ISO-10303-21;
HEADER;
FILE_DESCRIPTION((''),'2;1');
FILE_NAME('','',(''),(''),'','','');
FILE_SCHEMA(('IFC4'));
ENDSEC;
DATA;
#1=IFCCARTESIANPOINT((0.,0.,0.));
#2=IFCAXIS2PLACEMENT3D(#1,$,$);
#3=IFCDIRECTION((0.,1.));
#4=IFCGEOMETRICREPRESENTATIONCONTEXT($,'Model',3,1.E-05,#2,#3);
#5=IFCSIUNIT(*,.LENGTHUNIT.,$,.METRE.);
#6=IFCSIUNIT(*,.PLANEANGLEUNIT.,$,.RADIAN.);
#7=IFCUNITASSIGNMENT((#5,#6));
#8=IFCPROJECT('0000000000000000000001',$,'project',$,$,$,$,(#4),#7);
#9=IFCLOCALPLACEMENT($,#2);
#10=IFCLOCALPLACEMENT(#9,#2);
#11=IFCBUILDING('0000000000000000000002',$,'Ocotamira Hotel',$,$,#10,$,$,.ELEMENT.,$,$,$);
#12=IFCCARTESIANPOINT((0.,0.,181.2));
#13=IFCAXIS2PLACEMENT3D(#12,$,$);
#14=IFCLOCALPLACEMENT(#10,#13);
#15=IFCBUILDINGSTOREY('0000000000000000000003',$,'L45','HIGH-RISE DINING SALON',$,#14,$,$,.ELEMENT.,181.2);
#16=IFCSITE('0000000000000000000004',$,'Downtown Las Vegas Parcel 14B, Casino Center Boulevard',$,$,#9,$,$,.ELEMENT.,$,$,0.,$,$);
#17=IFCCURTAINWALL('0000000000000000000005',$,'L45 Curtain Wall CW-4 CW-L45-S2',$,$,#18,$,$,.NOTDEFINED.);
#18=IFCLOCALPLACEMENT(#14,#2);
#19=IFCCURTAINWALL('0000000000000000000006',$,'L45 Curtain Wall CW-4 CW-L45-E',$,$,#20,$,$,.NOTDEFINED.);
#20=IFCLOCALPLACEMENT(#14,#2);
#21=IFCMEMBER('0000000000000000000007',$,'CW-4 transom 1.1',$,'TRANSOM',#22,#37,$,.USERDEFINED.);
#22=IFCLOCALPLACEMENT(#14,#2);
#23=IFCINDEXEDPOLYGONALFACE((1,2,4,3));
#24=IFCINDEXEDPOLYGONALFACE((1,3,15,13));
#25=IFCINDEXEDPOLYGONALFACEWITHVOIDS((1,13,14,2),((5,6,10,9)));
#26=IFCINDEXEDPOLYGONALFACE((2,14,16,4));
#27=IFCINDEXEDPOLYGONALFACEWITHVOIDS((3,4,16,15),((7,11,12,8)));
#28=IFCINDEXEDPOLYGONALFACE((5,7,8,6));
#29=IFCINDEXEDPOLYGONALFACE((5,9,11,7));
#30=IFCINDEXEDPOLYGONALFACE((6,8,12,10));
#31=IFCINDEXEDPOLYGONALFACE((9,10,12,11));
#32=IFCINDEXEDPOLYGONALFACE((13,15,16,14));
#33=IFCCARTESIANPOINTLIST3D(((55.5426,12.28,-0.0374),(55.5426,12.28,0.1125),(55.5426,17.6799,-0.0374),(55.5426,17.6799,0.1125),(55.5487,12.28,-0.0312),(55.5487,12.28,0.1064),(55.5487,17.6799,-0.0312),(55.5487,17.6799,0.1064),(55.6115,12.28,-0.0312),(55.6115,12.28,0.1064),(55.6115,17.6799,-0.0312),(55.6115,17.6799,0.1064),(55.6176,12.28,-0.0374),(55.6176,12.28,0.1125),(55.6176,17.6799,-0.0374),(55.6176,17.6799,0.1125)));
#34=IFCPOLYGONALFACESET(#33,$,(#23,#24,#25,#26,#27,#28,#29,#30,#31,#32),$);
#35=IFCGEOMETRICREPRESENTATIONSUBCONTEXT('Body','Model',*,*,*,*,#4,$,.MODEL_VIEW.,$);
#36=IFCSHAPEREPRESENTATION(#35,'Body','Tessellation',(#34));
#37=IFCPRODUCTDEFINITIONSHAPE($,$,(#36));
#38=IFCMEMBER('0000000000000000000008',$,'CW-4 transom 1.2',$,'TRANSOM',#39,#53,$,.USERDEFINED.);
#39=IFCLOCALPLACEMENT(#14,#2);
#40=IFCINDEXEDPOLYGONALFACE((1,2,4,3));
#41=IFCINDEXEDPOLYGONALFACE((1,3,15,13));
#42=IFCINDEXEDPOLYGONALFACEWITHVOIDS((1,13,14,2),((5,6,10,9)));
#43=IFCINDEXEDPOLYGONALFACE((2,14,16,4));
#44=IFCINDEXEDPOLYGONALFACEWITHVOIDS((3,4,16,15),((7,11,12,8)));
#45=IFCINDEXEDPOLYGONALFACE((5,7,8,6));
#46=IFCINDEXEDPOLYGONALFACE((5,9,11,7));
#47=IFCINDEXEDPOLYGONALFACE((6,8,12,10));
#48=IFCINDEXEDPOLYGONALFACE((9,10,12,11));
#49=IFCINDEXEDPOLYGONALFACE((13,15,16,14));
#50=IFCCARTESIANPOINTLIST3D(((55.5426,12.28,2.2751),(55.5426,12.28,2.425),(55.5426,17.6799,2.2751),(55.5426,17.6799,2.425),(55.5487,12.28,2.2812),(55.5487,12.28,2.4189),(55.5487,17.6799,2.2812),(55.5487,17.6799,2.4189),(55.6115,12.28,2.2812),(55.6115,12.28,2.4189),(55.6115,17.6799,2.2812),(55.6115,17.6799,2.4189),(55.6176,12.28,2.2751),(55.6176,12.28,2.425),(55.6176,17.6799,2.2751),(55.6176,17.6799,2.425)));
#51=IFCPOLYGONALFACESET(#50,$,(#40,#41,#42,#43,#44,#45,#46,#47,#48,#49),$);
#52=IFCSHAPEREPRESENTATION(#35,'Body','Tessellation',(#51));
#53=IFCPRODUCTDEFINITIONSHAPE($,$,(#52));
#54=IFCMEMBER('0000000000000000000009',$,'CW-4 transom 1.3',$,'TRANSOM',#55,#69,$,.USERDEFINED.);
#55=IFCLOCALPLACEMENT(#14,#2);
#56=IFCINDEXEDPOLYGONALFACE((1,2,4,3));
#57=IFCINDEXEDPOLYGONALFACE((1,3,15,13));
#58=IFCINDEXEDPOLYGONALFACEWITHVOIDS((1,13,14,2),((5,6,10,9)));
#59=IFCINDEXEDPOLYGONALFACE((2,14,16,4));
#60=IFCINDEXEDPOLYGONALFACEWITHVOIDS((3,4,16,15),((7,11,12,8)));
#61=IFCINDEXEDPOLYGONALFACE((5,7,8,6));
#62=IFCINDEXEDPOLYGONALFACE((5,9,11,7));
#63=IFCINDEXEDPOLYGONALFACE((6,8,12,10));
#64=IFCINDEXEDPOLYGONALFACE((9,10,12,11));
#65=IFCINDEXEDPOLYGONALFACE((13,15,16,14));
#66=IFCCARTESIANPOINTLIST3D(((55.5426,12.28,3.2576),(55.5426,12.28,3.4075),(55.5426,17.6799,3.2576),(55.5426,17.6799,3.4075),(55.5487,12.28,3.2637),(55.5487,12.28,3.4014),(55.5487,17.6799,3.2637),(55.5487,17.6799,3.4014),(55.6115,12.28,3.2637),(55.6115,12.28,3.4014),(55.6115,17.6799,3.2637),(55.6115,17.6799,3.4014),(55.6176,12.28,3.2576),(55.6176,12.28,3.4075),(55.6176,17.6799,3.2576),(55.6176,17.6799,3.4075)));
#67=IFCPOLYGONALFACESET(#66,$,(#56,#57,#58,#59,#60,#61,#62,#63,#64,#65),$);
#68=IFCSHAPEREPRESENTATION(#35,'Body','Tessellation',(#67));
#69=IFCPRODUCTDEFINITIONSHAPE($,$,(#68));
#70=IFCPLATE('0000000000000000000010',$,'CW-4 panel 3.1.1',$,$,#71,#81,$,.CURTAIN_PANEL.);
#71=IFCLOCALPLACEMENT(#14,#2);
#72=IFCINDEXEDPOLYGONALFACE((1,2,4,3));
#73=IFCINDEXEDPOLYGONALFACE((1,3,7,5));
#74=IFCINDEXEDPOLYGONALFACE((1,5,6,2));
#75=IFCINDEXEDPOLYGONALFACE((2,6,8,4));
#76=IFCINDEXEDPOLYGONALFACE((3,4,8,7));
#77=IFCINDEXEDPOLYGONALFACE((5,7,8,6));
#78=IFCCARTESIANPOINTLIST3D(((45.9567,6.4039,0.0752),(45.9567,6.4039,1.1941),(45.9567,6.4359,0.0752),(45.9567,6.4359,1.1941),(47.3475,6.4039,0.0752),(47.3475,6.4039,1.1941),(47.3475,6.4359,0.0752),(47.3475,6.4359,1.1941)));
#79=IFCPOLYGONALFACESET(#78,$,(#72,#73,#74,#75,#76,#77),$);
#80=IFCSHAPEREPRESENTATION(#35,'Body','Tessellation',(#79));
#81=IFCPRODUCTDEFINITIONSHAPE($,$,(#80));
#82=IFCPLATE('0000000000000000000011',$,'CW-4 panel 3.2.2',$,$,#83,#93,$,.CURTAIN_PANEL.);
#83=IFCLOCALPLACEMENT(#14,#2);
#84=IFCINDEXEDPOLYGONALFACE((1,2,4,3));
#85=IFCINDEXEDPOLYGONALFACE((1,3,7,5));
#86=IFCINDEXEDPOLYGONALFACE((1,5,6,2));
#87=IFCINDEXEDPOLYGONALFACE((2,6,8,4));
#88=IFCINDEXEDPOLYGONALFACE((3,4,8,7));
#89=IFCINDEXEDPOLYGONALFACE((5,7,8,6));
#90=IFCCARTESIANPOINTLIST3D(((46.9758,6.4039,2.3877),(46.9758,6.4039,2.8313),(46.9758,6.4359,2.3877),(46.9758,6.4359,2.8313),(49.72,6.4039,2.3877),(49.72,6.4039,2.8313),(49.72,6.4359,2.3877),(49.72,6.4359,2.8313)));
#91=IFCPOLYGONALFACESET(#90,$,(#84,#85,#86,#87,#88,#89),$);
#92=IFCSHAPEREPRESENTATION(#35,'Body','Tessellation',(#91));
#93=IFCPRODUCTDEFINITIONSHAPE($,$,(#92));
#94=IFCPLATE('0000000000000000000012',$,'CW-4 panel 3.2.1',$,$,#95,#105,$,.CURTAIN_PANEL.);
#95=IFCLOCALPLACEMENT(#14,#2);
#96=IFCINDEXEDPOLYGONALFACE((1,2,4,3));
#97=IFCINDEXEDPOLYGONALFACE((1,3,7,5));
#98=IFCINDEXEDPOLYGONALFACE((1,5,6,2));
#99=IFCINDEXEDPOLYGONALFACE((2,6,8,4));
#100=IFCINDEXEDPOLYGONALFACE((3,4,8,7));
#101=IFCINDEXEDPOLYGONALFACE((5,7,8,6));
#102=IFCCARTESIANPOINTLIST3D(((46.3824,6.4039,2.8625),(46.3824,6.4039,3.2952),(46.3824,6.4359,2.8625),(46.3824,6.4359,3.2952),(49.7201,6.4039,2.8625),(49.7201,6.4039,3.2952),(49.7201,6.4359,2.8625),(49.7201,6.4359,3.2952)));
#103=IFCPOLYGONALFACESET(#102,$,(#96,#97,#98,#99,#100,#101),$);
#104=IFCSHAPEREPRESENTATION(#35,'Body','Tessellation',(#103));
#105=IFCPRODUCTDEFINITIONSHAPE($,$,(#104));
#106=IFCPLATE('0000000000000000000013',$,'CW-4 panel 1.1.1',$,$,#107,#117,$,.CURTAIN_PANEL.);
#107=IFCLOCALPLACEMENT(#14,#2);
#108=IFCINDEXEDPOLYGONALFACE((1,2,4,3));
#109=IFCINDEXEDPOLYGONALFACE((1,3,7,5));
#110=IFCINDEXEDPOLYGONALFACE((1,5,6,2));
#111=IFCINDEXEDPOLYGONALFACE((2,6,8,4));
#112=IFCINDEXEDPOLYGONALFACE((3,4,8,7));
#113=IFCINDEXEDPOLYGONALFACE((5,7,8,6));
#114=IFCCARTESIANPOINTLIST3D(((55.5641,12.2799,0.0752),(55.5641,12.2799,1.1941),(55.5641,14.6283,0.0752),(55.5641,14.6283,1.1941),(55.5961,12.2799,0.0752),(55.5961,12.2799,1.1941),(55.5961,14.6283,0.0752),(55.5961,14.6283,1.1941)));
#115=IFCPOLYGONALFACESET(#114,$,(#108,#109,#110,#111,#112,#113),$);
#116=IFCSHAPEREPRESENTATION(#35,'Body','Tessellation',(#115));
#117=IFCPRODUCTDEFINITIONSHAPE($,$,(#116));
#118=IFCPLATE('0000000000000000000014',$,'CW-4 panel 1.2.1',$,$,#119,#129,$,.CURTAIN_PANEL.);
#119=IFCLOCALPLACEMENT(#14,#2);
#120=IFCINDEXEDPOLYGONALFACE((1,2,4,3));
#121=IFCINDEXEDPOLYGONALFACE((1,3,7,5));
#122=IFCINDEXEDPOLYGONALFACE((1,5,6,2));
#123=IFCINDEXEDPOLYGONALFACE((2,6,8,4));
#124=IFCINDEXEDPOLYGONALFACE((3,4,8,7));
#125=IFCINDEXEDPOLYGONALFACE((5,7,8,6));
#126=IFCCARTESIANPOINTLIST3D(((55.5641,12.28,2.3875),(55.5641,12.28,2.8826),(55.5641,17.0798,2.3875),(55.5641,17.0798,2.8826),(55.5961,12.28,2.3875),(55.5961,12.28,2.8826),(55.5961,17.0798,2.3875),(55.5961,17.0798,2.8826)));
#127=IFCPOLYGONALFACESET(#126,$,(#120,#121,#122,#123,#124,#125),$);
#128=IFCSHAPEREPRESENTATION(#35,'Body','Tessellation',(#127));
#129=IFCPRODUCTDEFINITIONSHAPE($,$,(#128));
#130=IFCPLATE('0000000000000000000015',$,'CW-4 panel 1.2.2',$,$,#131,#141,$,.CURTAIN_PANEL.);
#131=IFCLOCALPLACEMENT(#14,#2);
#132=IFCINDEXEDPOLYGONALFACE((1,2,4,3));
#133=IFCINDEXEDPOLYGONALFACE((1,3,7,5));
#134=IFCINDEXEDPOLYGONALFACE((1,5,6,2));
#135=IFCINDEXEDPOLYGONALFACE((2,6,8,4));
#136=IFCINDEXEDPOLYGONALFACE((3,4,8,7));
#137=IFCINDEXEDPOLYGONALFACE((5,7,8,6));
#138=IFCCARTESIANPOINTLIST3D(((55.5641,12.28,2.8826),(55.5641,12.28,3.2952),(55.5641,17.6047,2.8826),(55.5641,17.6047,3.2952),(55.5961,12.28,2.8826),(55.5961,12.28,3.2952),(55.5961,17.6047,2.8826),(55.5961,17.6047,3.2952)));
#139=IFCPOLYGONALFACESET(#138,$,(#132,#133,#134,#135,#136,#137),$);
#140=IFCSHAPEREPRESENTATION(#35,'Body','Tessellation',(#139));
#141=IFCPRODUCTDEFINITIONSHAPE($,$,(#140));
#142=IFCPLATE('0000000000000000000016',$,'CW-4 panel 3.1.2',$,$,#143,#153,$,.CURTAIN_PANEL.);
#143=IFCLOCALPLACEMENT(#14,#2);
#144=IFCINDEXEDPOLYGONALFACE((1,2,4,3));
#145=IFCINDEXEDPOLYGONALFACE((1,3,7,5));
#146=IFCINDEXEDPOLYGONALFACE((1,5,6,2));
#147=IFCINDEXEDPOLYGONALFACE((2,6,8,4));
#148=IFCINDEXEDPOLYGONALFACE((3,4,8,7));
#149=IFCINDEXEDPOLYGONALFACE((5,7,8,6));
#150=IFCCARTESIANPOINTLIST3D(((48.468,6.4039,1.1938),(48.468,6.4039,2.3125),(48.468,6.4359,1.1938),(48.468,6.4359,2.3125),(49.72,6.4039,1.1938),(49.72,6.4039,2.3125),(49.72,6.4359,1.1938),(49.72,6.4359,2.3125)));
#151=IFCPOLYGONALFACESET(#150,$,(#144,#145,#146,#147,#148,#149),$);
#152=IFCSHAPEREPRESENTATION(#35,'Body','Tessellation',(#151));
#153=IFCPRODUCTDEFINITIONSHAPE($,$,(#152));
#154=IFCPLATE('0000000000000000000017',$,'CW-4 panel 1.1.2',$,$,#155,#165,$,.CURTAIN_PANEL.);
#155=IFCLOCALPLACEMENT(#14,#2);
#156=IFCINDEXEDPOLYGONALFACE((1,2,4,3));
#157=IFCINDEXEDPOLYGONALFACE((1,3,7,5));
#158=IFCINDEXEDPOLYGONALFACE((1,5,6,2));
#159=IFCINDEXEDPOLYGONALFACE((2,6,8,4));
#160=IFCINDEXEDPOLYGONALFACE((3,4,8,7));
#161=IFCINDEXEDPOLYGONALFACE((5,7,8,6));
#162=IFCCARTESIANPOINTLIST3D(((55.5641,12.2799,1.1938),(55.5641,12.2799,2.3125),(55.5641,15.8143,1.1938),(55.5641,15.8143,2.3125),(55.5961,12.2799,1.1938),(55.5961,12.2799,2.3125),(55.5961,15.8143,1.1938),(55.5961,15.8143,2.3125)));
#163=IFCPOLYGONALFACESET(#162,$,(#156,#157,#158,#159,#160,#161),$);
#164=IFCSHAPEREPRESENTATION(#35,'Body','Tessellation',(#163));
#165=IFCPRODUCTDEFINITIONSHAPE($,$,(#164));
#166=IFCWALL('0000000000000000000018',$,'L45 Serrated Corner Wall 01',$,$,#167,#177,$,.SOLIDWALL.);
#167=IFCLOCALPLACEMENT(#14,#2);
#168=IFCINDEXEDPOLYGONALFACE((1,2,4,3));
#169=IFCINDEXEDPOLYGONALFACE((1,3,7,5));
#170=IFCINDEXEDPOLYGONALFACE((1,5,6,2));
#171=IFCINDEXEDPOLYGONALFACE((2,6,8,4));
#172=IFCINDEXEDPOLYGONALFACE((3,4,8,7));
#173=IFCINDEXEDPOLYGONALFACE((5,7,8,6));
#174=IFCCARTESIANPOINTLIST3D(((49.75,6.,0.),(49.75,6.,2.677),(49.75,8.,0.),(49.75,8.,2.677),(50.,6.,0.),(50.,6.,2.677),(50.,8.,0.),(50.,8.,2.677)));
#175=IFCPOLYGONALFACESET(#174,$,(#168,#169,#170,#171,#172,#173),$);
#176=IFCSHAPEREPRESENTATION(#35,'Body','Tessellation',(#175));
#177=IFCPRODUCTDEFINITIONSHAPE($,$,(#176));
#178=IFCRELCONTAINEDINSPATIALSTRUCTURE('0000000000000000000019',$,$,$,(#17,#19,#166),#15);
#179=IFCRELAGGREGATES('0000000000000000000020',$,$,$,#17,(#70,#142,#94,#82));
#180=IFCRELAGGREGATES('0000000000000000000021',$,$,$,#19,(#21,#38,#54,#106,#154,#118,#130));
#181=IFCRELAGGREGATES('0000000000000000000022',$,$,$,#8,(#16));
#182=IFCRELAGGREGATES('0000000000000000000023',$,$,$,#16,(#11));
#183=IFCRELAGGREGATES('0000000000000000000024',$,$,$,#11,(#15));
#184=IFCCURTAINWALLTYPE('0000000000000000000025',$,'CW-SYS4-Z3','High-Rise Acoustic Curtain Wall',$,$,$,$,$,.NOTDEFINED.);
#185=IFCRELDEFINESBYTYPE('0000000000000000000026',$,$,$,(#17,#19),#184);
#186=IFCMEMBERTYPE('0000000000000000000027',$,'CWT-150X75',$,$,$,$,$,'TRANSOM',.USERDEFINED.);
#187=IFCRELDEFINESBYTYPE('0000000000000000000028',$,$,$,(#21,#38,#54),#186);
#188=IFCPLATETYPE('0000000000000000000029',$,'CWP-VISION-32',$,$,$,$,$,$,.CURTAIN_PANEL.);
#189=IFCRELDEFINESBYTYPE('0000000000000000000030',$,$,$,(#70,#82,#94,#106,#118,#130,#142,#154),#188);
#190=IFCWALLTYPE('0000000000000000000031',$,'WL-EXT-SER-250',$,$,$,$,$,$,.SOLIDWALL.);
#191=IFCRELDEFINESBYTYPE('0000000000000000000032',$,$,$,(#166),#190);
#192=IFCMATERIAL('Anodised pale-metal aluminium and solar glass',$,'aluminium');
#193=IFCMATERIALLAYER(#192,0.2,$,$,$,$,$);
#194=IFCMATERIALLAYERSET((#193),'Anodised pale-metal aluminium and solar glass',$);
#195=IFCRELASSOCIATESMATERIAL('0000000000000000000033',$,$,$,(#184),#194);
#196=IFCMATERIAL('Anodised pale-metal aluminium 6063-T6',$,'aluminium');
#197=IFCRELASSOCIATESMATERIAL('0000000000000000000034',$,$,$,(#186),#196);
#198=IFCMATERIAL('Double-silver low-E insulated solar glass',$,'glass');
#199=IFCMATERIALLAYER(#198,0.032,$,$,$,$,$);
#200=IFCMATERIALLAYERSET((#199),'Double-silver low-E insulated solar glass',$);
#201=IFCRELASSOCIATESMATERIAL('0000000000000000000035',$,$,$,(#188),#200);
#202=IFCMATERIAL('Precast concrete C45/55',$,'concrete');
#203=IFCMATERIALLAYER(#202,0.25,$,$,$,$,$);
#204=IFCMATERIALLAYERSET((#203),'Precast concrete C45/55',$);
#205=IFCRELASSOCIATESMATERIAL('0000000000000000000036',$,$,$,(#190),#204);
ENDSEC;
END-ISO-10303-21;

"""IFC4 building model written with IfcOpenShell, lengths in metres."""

from ifc_helpers import new_model, si_unit, direction, frame, frame_2d, origin, origin_2d, place, context, subcontext, project, spatial, rectangle, hollow_rectangle, extrude, source, transform, mapped, material, layer, layer_set, material_profile, profile_set, type_object, element, aggregate, save


model = new_model("IFC4")

# Units and contexts
model_context = context("Model", 3, precision=1e-05, world=origin(), true_north=direction((0.0, 1.0)))
body_context = subcontext(model_context, "Body", "Model", "MODEL_VIEW")
ifc_project = project(units=[si_unit("LENGTHUNIT", "METRE"), si_unit("PLANEANGLEUNIT", "RADIAN")], contexts=[model_context])

# Site, building, storey
site_placement = place(None, origin())
site = spatial("IfcSite", under=ifc_project, at=site_placement, Name="Downtown Las Vegas Parcel 14B, Casino Center Boulevard", CompositionType="ELEMENT", RefElevation=0.0)
building_placement = place(site_placement, origin())
building = spatial("IfcBuilding", under=site, at=building_placement, Name="Ocotamira Hotel", CompositionType="ELEMENT")
storey_placement = place(building_placement, frame((0.0, 0.0, 181.2)))
storey = spatial("IfcBuildingStorey", under=building, at=storey_placement, Name="L45", Description="HIGH-RISE DINING SALON", CompositionType="ELEMENT", Elevation=181.2)

# Curtain wall
ifc_material_1 = material(Name="Anodised pale-metal aluminium and solar glass", Category="aluminium")
ifc_layer_1 = layer(ifc_material_1, 0.2)
ifc_layer_set_1 = layer_set([ifc_layer_1], Name="Anodised pale-metal aluminium and solar glass")
curtain_wall_type = type_object("IfcCurtainWallType", Name="CW-SYS4-Z3", Description="High-Rise Acoustic Curtain Wall", PredefinedType="NOTDEFINED", material=ifc_layer_set_1)
curtain_wall_1_placement = place(storey_placement, origin())
curtain_wall_1 = element("IfcCurtainWall", 1, at=curtain_wall_1_placement, inside=storey, type_object=curtain_wall_type, Name="L45 Curtain Wall CW-4 CW-L45-S2", PredefinedType="NOTDEFINED")
ifc_material_2 = material(Name="Anodised pale-metal aluminium 6063-T6", Category="aluminium")

# Curtain wall, members
curtain_wall_2_placement = place(storey_placement, origin())
curtain_wall_2 = element("IfcCurtainWall", 2, at=curtain_wall_2_placement, inside=storey, type_object=curtain_wall_type, Name="L45 Curtain Wall CW-4 CW-L45-E", PredefinedType="NOTDEFINED")
ifc_material_profile_1 = material_profile(ifc_material_2, hollow_rectangle(XDim=0.075, YDim=0.1499, WallThickness=0.0061, at=origin_2d()), Name="HSS150X75X6")
ifc_profile_set_1 = profile_set([ifc_material_profile_1], Name="Anodised pale-metal aluminium 6063-T6")
member_type_1 = type_object("IfcMemberType", Name="CWT-150X75", ElementType="TRANSOM", PredefinedType="USERDEFINED", material=ifc_profile_set_1)
shared_shape_1 = source(origin(), body_context, "Body", "SweptSolid", [
    extrude(hollow_rectangle(XDim=0.075, YDim=0.1499, WallThickness=0.0061, at=origin_2d()), origin(), (0.0, 0.0, 1.0), 5.3999),
])
member_1_placement = place(storey_placement, frame((55.5801, 12.28, 0.0376), z_axis=(0.0, 1.0, 0.0), x_axis=(-1.0, 0.0, 0.0)))
member_1 = element("IfcMember", 3, at=member_1_placement, type_object=member_type_1, Name="CW-4 transom 1.1", ObjectType="TRANSOM", PredefinedType="USERDEFINED", context=body_context, shape_type="MappedRepresentation", body=[
    mapped(shared_shape_1, transform((0.0, 0.0, 0.0), scale=1.0)),
])
member_2_placement = place(storey_placement, frame((55.5801, 12.28, 2.3501), z_axis=(0.0, 1.0, 0.0), x_axis=(-1.0, 0.0, 0.0)))
member_2 = element("IfcMember", 4, at=member_2_placement, type_object=member_type_1, Name="CW-4 transom 1.2", ObjectType="TRANSOM", PredefinedType="USERDEFINED", context=body_context, shape_type="MappedRepresentation", body=[
    mapped(shared_shape_1, transform((0.0, 0.0, 0.0), scale=1.0)),
])
member_3_placement = place(storey_placement, frame((55.5801, 12.28, 3.3325), z_axis=(0.0, 1.0, 0.0), x_axis=(-1.0, 0.0, 0.0)))
member_3 = element("IfcMember", 5, at=member_3_placement, type_object=member_type_1, Name="CW-4 transom 1.3", ObjectType="TRANSOM", PredefinedType="USERDEFINED", context=body_context, shape_type="MappedRepresentation", body=[
    mapped(shared_shape_1, transform((0.0, 0.0, 0.0), scale=1.0)),
])

# Plates
ifc_material_3 = material(Name="Double-silver low-E insulated solar glass", Category="glass")
ifc_layer_2 = layer(ifc_material_3, 0.032)
ifc_layer_set_2 = layer_set([ifc_layer_2], Name="Double-silver low-E insulated solar glass")
plate_type = type_object("IfcPlateType", Name="CWP-VISION-32", PredefinedType="CURTAIN_PANEL", material=ifc_layer_set_2)
shared_shape_2 = source(origin(), body_context, "Body", "SweptSolid", [
    extrude(rectangle(XDim=1.3909, YDim=0.032, at=origin_2d()), origin(), (0.0, 0.0, 1.0), 1.1189),
])
plate_1_placement = place(storey_placement, frame((46.6521, 6.4199, 0.0752), z_axis=(0.0, 0.0, 1.0), x_axis=(1.0, 0.0, 0.0)))
plate_1 = element("IfcPlate", 6, at=plate_1_placement, type_object=plate_type, Name="CW-4 panel 3.1.1", PredefinedType="CURTAIN_PANEL", context=body_context, shape_type="MappedRepresentation", body=[
    mapped(shared_shape_2, transform((0.0, 0.0, 0.0), scale=1.0)),
])
shared_shape_3 = source(origin(), body_context, "Body", "SweptSolid", [
    extrude(rectangle(XDim=2.7441, YDim=0.032, at=origin_2d()), origin(), (0.0, 0.0, 1.0), 0.4436),
])
plate_2_placement = place(storey_placement, frame((48.3479, 6.4199, 2.3877), z_axis=(0.0, 0.0, 1.0), x_axis=(1.0, 0.0, 0.0)))
plate_2 = element("IfcPlate", 7, at=plate_2_placement, type_object=plate_type, Name="CW-4 panel 3.2.2", PredefinedType="CURTAIN_PANEL", context=body_context, shape_type="MappedRepresentation", body=[
    mapped(shared_shape_3, transform((0.0, 0.0, 0.0), scale=1.0)),
])
shared_shape_4 = source(origin(), body_context, "Body", "SweptSolid", [
    extrude(rectangle(XDim=3.3376, YDim=0.032, at=origin_2d()), origin(), (0.0, 0.0, 1.0), 0.4326),
])
plate_3_placement = place(storey_placement, frame((48.0513, 6.4199, 2.8625), z_axis=(0.0, 0.0, 1.0), x_axis=(1.0, 0.0, 0.0)))
plate_3 = element("IfcPlate", 8, at=plate_3_placement, type_object=plate_type, Name="CW-4 panel 3.2.1", PredefinedType="CURTAIN_PANEL", context=body_context, shape_type="MappedRepresentation", body=[
    mapped(shared_shape_4, transform((0.0, 0.0, 0.0), scale=1.0)),
])
shared_shape_5 = source(origin(), body_context, "Body", "SweptSolid", [
    extrude(rectangle(XDim=2.3484, YDim=0.032, at=origin_2d()), origin(), (0.0, 0.0, 1.0), 1.1189),
])
plate_4_placement = place(storey_placement, frame((55.5801, 13.4541, 0.0752), z_axis=(0.0, 0.0, 1.0), x_axis=(0.0, 1.0, 0.0)))
plate_4 = element("IfcPlate", 9, at=plate_4_placement, type_object=plate_type, Name="CW-4 panel 1.1.1", PredefinedType="CURTAIN_PANEL", context=body_context, shape_type="MappedRepresentation", body=[
    mapped(shared_shape_5, transform((0.0, 0.0, 0.0), scale=1.0)),
])
shared_shape_6 = source(origin(), body_context, "Body", "SweptSolid", [
    extrude(rectangle(XDim=4.7998, YDim=0.032, at=origin_2d()), origin(), (0.0, 0.0, 1.0), 0.4951),
])
plate_5_placement = place(storey_placement, frame((55.5801, 14.6799, 2.3875), z_axis=(0.0, 0.0, 1.0), x_axis=(0.0, 1.0, 0.0)))
plate_5 = element("IfcPlate", 10, at=plate_5_placement, type_object=plate_type, Name="CW-4 panel 1.2.1", PredefinedType="CURTAIN_PANEL", context=body_context, shape_type="MappedRepresentation", body=[
    mapped(shared_shape_6, transform((0.0, 0.0, 0.0), scale=1.0)),
])
shared_shape_7 = source(origin(), body_context, "Body", "SweptSolid", [
    extrude(rectangle(XDim=5.3247, YDim=0.032, at=origin_2d()), origin(), (0.0, 0.0, 1.0), 0.4126),
])
plate_6_placement = place(storey_placement, frame((55.5801, 14.9424, 2.8826), z_axis=(0.0, 0.0, 1.0), x_axis=(0.0, 1.0, 0.0)))
plate_6 = element("IfcPlate", 11, at=plate_6_placement, type_object=plate_type, Name="CW-4 panel 1.2.2", PredefinedType="CURTAIN_PANEL", context=body_context, shape_type="MappedRepresentation", body=[
    mapped(shared_shape_7, transform((0.0, 0.0, 0.0), scale=1.0)),
])
shared_shape_8 = source(origin(), body_context, "Body", "SweptSolid", [
    extrude(rectangle(XDim=1.252, YDim=0.032, at=origin_2d()), origin(), (0.0, 0.0, 1.0), 1.1187),
])
plate_7_placement = place(storey_placement, frame((49.094, 6.4199, 1.1938), z_axis=(0.0, 0.0, 1.0), x_axis=(1.0, 0.0, 0.0)))
plate_7 = element("IfcPlate", 12, at=plate_7_placement, type_object=plate_type, Name="CW-4 panel 3.1.2", PredefinedType="CURTAIN_PANEL", context=body_context, shape_type="MappedRepresentation", body=[
    mapped(shared_shape_8, transform((0.0, 0.0, 0.0), scale=1.0)),
])
aggregate(curtain_wall_1, [plate_1, plate_7, plate_3, plate_2])
shared_shape_9 = source(origin(), body_context, "Body", "SweptSolid", [
    extrude(rectangle(XDim=3.5344, YDim=0.032, at=origin_2d()), origin(), (0.0, 0.0, 1.0), 1.1187),
])
plate_8_placement = place(storey_placement, frame((55.5801, 14.0471, 1.1938), z_axis=(0.0, 0.0, 1.0), x_axis=(0.0, 1.0, 0.0)))
plate_8 = element("IfcPlate", 13, at=plate_8_placement, type_object=plate_type, Name="CW-4 panel 1.1.2", PredefinedType="CURTAIN_PANEL", context=body_context, shape_type="MappedRepresentation", body=[
    mapped(shared_shape_9, transform((0.0, 0.0, 0.0), scale=1.0)),
])
aggregate(curtain_wall_2, [member_1, member_2, member_3, plate_4, plate_8, plate_5, plate_6])

# Wall
ifc_material_4 = material(Name="Precast concrete C45/55", Category="concrete")
ifc_layer_3 = layer(ifc_material_4, 0.25)
ifc_layer_set_3 = layer_set([ifc_layer_3], Name="Precast concrete C45/55")
wall_type_1 = type_object("IfcWallType", Name="WL-EXT-SER-250", PredefinedType="SOLIDWALL", material=ifc_layer_set_3)
wall_1_placement = place(storey_placement, frame((49.875, 6.0, 0.0), z_axis=(0.0, 0.0, 1.0), x_axis=(0.0, 1.0, 0.0)))
element("IfcWall", 14, at=wall_1_placement, inside=storey, type_object=wall_type_1, Name="L45 Serrated Corner Wall 01", PredefinedType="SOLIDWALL", context=body_context, shape_type="SweptSolid", body=[
    extrude(rectangle(XDim=2.0, YDim=0.25, at=frame_2d((1.0, 0.0))), origin(), (0.0, 0.0, 1.0), 2.677),
])

save(model, "model.ifc")
